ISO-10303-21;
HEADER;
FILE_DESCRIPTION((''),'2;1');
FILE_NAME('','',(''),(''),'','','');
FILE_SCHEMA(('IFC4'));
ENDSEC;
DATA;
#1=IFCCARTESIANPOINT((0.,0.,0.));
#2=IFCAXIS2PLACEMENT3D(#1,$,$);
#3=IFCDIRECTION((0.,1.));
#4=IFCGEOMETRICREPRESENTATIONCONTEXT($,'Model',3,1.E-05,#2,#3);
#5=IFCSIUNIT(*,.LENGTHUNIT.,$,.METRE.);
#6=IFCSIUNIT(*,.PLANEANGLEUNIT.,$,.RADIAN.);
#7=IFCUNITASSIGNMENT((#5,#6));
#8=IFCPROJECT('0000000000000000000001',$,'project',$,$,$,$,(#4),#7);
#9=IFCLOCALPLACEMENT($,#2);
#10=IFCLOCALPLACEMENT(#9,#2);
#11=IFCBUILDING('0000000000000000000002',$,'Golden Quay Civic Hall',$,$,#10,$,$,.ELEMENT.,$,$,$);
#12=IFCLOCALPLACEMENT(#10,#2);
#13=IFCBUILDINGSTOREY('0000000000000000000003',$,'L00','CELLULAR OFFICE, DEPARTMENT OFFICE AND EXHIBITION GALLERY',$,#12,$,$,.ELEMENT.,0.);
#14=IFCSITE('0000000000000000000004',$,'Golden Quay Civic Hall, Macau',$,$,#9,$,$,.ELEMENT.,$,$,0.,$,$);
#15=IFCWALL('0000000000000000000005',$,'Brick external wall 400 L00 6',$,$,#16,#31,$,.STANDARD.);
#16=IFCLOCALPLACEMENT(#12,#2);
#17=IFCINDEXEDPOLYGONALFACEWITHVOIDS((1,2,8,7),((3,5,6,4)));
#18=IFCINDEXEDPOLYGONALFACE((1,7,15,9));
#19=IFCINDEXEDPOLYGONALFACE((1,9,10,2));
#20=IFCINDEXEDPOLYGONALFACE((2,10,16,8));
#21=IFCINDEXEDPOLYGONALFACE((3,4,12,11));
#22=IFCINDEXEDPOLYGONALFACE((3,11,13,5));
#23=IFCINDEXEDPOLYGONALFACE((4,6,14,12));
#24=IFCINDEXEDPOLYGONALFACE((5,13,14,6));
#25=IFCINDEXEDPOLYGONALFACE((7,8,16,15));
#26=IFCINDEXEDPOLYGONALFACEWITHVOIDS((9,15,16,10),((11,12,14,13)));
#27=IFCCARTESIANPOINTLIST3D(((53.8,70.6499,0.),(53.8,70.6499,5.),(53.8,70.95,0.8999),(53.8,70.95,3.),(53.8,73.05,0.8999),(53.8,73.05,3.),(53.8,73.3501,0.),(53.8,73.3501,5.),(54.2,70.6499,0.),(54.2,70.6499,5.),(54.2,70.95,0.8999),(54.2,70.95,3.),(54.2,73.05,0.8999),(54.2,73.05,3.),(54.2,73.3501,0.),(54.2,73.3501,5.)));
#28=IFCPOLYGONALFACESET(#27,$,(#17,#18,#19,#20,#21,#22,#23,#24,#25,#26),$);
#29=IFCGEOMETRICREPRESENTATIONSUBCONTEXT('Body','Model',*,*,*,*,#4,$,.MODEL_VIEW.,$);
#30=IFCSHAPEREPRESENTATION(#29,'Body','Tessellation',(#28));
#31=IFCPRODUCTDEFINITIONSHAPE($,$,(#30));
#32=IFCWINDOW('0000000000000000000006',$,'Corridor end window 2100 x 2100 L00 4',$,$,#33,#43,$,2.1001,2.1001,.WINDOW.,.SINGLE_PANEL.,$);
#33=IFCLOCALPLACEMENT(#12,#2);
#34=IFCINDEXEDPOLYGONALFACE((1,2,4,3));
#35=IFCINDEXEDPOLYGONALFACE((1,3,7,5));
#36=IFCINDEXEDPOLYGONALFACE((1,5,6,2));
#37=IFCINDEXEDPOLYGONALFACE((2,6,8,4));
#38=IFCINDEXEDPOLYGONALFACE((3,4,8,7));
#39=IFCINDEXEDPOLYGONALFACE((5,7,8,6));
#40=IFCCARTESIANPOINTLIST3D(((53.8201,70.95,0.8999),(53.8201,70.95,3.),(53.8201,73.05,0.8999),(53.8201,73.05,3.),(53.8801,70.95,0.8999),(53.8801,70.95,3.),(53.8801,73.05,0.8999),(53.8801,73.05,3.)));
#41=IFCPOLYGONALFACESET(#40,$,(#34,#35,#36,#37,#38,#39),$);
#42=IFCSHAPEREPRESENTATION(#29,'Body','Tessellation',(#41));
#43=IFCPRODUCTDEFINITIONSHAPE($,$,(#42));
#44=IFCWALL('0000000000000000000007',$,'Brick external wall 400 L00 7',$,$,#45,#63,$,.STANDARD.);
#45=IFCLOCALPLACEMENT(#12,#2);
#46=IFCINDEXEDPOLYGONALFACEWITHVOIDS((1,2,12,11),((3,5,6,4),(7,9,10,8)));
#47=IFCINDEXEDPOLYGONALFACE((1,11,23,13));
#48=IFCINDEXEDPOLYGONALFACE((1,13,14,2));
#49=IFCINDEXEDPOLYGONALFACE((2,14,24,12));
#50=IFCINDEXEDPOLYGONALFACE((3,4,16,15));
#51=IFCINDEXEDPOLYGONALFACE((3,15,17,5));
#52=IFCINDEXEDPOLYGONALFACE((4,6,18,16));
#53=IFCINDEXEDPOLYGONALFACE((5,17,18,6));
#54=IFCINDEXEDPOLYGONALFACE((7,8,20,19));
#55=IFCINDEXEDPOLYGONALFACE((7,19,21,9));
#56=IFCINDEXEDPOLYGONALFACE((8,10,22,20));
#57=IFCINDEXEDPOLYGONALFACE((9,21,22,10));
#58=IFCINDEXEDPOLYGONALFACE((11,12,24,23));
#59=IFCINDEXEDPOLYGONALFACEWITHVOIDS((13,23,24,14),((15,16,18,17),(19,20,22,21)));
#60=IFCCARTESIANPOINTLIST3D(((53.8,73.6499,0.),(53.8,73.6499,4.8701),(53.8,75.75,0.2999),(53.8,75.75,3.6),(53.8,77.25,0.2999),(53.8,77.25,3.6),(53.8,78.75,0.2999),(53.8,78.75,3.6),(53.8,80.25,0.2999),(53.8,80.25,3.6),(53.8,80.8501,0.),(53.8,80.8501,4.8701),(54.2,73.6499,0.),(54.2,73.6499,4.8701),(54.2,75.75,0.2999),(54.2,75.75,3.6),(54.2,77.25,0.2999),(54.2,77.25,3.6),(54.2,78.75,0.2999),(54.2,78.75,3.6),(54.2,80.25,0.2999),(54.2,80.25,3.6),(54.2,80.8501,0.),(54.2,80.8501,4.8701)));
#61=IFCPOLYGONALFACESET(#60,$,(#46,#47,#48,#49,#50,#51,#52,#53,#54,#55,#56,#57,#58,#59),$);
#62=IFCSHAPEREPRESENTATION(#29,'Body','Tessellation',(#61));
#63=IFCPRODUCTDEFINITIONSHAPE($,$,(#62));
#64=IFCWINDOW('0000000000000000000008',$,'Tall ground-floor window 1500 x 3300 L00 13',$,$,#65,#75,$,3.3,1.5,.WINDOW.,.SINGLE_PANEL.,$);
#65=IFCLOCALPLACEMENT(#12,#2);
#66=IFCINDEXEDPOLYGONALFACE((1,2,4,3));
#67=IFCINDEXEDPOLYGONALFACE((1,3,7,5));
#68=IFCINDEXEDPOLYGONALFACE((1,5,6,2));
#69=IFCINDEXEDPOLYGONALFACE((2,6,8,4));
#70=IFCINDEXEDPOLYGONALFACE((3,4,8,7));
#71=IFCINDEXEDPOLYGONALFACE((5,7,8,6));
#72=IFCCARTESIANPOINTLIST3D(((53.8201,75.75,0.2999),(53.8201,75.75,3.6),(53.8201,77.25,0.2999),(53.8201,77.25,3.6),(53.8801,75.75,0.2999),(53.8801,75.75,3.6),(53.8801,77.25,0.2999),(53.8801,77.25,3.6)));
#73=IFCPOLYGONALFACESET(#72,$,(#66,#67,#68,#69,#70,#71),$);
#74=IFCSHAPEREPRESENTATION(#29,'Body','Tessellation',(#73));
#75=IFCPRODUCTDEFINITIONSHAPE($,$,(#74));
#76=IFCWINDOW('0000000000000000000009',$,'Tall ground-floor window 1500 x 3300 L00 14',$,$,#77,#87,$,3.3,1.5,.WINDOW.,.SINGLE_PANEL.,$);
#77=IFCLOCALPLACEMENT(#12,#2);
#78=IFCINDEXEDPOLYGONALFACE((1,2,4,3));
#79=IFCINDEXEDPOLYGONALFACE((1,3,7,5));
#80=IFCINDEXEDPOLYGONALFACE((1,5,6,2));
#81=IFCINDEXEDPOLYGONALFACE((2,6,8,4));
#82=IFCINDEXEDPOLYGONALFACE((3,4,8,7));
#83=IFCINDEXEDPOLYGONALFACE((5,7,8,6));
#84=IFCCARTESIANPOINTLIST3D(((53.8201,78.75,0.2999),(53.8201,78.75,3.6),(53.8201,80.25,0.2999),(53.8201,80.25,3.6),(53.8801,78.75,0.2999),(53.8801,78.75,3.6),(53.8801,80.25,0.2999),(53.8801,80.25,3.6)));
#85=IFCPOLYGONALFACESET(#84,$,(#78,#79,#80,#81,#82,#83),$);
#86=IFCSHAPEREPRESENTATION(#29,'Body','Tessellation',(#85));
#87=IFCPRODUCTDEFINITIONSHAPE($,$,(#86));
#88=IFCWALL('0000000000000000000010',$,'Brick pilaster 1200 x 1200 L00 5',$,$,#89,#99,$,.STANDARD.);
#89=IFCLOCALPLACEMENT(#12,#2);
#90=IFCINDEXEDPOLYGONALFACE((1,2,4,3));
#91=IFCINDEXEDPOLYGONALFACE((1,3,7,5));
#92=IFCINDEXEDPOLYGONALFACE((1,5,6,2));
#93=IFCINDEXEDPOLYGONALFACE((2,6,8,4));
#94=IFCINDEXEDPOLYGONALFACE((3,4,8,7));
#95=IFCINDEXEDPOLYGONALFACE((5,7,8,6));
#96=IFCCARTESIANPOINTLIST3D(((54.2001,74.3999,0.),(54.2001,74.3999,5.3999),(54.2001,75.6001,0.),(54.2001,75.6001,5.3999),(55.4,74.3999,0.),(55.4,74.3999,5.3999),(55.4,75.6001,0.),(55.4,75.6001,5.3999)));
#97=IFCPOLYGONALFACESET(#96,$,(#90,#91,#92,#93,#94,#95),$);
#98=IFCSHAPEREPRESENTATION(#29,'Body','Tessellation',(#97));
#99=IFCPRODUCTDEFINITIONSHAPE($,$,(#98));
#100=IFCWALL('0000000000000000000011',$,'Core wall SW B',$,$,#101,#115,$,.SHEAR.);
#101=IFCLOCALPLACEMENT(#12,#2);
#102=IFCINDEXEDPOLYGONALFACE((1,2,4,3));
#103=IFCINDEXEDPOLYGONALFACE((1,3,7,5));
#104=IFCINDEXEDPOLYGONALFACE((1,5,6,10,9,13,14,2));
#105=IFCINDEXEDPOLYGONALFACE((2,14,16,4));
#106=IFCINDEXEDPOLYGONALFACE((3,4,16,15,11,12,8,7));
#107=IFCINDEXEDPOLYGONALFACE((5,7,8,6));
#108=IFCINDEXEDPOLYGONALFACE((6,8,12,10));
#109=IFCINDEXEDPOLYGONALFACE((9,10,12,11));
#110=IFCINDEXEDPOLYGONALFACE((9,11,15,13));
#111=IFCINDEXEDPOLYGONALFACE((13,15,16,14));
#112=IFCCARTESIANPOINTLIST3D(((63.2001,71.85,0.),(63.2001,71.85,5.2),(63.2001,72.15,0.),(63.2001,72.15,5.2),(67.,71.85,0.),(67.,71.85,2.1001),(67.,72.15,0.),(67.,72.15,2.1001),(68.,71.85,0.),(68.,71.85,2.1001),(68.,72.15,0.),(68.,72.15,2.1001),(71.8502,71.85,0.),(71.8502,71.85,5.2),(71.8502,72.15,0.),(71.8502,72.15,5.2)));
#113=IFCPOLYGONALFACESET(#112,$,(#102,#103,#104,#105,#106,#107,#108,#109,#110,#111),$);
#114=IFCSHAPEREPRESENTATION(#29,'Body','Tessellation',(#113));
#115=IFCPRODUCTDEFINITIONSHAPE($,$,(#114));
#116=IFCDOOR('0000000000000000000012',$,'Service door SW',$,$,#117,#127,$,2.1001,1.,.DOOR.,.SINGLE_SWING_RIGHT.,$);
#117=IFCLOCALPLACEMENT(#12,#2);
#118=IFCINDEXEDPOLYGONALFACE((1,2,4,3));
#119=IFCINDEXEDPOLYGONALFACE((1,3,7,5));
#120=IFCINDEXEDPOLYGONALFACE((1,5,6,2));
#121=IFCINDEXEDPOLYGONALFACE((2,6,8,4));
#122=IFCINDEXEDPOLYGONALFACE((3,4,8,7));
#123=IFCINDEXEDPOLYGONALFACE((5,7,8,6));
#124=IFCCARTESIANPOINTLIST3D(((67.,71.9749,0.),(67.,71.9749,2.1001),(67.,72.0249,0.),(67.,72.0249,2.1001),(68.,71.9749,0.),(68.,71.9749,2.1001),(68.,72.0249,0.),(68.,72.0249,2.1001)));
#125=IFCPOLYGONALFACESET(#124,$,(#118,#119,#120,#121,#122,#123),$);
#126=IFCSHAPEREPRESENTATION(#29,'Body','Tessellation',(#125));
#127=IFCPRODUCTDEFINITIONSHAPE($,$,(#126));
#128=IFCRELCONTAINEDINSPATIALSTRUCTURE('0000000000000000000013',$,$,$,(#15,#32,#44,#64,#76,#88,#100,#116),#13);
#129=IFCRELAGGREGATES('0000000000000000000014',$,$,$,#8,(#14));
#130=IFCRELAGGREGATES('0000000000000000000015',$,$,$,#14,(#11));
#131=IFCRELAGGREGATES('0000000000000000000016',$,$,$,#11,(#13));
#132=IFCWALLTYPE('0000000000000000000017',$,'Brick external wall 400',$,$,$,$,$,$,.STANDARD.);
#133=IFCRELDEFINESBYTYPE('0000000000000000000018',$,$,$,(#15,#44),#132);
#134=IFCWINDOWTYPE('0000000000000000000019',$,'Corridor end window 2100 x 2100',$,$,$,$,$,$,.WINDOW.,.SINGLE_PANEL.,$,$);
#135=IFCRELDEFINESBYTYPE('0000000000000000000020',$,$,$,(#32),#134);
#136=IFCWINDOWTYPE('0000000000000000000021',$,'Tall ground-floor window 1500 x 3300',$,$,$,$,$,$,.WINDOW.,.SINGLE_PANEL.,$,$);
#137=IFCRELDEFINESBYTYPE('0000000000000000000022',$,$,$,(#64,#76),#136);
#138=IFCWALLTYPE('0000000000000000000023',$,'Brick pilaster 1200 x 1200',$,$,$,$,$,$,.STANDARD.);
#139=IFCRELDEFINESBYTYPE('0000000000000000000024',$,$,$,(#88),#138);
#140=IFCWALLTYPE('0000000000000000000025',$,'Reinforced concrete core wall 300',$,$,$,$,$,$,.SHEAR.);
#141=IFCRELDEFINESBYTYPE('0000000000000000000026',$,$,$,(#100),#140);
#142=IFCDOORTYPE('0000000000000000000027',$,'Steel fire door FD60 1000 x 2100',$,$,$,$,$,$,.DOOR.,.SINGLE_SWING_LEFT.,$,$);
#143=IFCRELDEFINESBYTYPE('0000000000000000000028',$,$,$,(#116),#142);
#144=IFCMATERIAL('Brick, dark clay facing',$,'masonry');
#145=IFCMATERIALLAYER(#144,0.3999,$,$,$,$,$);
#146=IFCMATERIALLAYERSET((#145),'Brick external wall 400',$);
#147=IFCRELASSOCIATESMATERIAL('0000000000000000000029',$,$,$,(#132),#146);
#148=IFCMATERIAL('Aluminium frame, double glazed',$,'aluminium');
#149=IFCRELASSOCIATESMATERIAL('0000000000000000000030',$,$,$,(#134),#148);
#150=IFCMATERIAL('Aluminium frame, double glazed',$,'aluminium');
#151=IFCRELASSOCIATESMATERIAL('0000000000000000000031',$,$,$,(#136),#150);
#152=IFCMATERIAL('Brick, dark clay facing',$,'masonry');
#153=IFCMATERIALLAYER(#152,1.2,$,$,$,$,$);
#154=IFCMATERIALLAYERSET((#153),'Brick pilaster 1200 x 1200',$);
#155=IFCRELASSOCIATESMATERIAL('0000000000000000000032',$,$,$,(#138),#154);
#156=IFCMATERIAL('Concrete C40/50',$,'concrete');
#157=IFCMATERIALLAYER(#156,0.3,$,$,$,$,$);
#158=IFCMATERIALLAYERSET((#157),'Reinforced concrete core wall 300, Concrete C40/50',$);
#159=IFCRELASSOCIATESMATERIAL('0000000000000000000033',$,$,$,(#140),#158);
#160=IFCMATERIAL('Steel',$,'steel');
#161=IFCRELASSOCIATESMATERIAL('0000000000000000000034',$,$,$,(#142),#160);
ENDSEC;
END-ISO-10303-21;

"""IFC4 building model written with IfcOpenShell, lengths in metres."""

from ifc_helpers import new_model, si_unit, direction, frame, frame_2d, origin, place, context, subcontext, project, spatial, rectangle, extrude, material, layer, layer_set, type_object, element, fill, save


model = new_model("IFC4")

# Units and contexts
model_context = context("Model", 3, precision=1e-05, world=origin(), true_north=direction((0.0, 1.0)))
body_context = subcontext(model_context, "Body", "Model", "MODEL_VIEW")
ifc_project = project(units=[si_unit("LENGTHUNIT", "METRE"), si_unit("PLANEANGLEUNIT", "RADIAN")], contexts=[model_context])

# Site, building, storey
site_placement = place(None, origin())
site = spatial("IfcSite", under=ifc_project, at=site_placement, Name="Golden Quay Civic Hall, Macau", CompositionType="ELEMENT", RefElevation=0.0)
building_placement = place(site_placement, origin())
building = spatial("IfcBuilding", under=site, at=building_placement, Name="Golden Quay Civic Hall", CompositionType="ELEMENT")
storey_placement = place(building_placement, origin())
storey = spatial("IfcBuildingStorey", under=building, at=storey_placement, Name="L00", Description="CELLULAR OFFICE, DEPARTMENT OFFICE AND EXHIBITION GALLERY", CompositionType="ELEMENT", Elevation=0.0)

# Wall, opening, window
ifc_material_1 = material(Name="Brick, dark clay facing", Category="masonry")
ifc_layer_1 = layer(ifc_material_1, 0.3999)
ifc_layer_set_1 = layer_set([ifc_layer_1], Name="Brick external wall 400")
wall_type_1 = type_object("IfcWallType", Name="Brick external wall 400", PredefinedType="STANDARD", material=ifc_layer_set_1)
wall_1_placement = place(storey_placement, frame((54.0, 73.3501, 0.0), z_axis=(0.0, 0.0, 1.0), x_axis=(0.0, -1.0, 0.0)))
wall_1 = element("IfcWall", 1, at=wall_1_placement, inside=storey, type_object=wall_type_1, Name="Brick external wall 400 L00 6", PredefinedType="STANDARD", context=body_context, shape_type="SweptSolid", body=[
    extrude(rectangle(XDim=2.7002, YDim=0.3999, at=frame_2d((1.3501, 0.0))), origin(), (0.0, 0.0, 1.0), 5.0),
])
opening_1_placement = place(wall_1_placement, frame((0.3, 0.0, 0.8999)))
opening_1 = element("IfcOpeningElement", 2, at=opening_1_placement, cuts=wall_1, PredefinedType="OPENING", context=body_context, shape_type="SweptSolid", body=[
    extrude(rectangle(XDim=2.1001, YDim=2.1001, at=frame_2d((1.05, 1.05))), frame((0.0, 0.21, 0.0), z_axis=(0.0, -1.0, 0.0), x_axis=(1.0, 0.0, 0.0)), (0.0, 0.0, 1.0), 0.4199),
])
ifc_material_2 = material(Name="Aluminium frame, double glazed", Category="aluminium")
window_type_1 = type_object("IfcWindowType", Name="Corridor end window 2100 x 2100", PartitioningType="SINGLE_PANEL", PredefinedType="WINDOW", material=ifc_material_2)
window_1_placement = place(opening_1_placement, origin())
window_1 = element("IfcWindow", 3, at=window_1_placement, inside=storey, type_object=window_type_1, Name="Corridor end window 2100 x 2100 L00 4", OverallHeight=2.1001, OverallWidth=2.1001, PartitioningType="SINGLE_PANEL", PredefinedType="WINDOW", context=body_context, shape_type="SweptSolid", body=[
    extrude(rectangle(XDim=2.1001, YDim=2.1001, at=frame_2d((1.05, 1.05))), frame((0.0, -0.1199, 0.0), z_axis=(0.0, -1.0, 0.0), x_axis=(1.0, 0.0, 0.0)), (0.0, 0.0, 1.0), 0.0601),
])
fill(opening_1, window_1)

# Wall, openings, windows
wall_2_placement = place(storey_placement, frame((54.0, 80.8501, 0.0), z_axis=(0.0, 0.0, 1.0), x_axis=(0.0, -1.0, 0.0)))
wall_2 = element("IfcWall", 4, at=wall_2_placement, inside=storey, type_object=wall_type_1, Name="Brick external wall 400 L00 7", PredefinedType="STANDARD", context=body_context, shape_type="SweptSolid", body=[
    extrude(rectangle(XDim=7.2002, YDim=0.3999, at=frame_2d((3.6001, 0.0))), origin(), (0.0, 0.0, 1.0), 4.8701),
])
opening_2_placement = place(wall_2_placement, frame((3.6001, 0.0, 0.3)))
opening_2 = element("IfcOpeningElement", 5, at=opening_2_placement, cuts=wall_2, PredefinedType="OPENING", context=body_context, shape_type="SweptSolid", body=[
    extrude(rectangle(XDim=1.5, YDim=3.3, at=frame_2d((0.75, 1.6499))), frame((0.0, 0.21, 0.0), z_axis=(0.0, -1.0, 0.0), x_axis=(1.0, 0.0, 0.0)), (0.0, 0.0, 1.0), 0.4199),
])
opening_3_placement = place(wall_2_placement, frame((0.6001, 0.0, 0.3)))
opening_3 = element("IfcOpeningElement", 6, at=opening_3_placement, cuts=wall_2, PredefinedType="OPENING", context=body_context, shape_type="SweptSolid", body=[
    extrude(rectangle(XDim=1.5, YDim=3.3, at=frame_2d((0.75, 1.6499))), frame((0.0, 0.21, 0.0), z_axis=(0.0, -1.0, 0.0), x_axis=(1.0, 0.0, 0.0)), (0.0, 0.0, 1.0), 0.4199),
])
ifc_material_3 = material(Name="Aluminium frame, double glazed", Category="aluminium")
window_type_2 = type_object("IfcWindowType", Name="Tall ground-floor window 1500 x 3300", PartitioningType="SINGLE_PANEL", PredefinedType="WINDOW", material=ifc_material_3)
window_2_placement = place(opening_2_placement, origin())
window_2 = element("IfcWindow", 7, at=window_2_placement, inside=storey, type_object=window_type_2, Name="Tall ground-floor window 1500 x 3300 L00 13", OverallHeight=3.3, OverallWidth=1.5, PartitioningType="SINGLE_PANEL", PredefinedType="WINDOW", context=body_context, shape_type="SweptSolid", body=[
    extrude(rectangle(XDim=1.5, YDim=3.3, at=frame_2d((0.75, 1.6499))), frame((0.0, -0.1199, 0.0), z_axis=(0.0, -1.0, 0.0), x_axis=(1.0, 0.0, 0.0)), (0.0, 0.0, 1.0), 0.0601),
])
fill(opening_2, window_2)
window_3_placement = place(opening_3_placement, origin())
window_3 = element("IfcWindow", 8, at=window_3_placement, inside=storey, type_object=window_type_2, Name="Tall ground-floor window 1500 x 3300 L00 14", OverallHeight=3.3, OverallWidth=1.5, PartitioningType="SINGLE_PANEL", PredefinedType="WINDOW", context=body_context, shape_type="SweptSolid", body=[
    extrude(rectangle(XDim=1.5, YDim=3.3, at=frame_2d((0.75, 1.6499))), frame((0.0, -0.1199, 0.0), z_axis=(0.0, -1.0, 0.0), x_axis=(1.0, 0.0, 0.0)), (0.0, 0.0, 1.0), 0.0601),
])
fill(opening_3, window_3)

# Wall
ifc_material_4 = material(Name="Brick, dark clay facing", Category="masonry")
ifc_layer_2 = layer(ifc_material_4, 1.2)
ifc_layer_set_2 = layer_set([ifc_layer_2], Name="Brick pilaster 1200 x 1200")
wall_type_2 = type_object("IfcWallType", Name="Brick pilaster 1200 x 1200", PredefinedType="STANDARD", material=ifc_layer_set_2)
wall_3_placement = place(storey_placement, frame((54.8, 74.3999, 0.0), z_axis=(0.0, 0.0, 1.0), x_axis=(0.0, 1.0, 0.0)))
element("IfcWall", 9, at=wall_3_placement, inside=storey, type_object=wall_type_2, Name="Brick pilaster 1200 x 1200 L00 5", PredefinedType="STANDARD", context=body_context, shape_type="SweptSolid", body=[
    extrude(rectangle(XDim=1.2002, YDim=1.2, at=frame_2d((0.6001, 0.0))), origin(), (0.0, 0.0, 1.0), 5.3999),
])

# Wall, opening, door
ifc_material_5 = material(Name="Concrete C40/50", Category="concrete")
ifc_layer_3 = layer(ifc_material_5, 0.3)
ifc_layer_set_3 = layer_set([ifc_layer_3], Name="Reinforced concrete core wall 300, Concrete C40/50")
wall_type_3 = type_object("IfcWallType", Name="Reinforced concrete core wall 300", PredefinedType="SHEAR", material=ifc_layer_set_3)
wall_4_placement = place(storey_placement, frame((63.2, 72.0, 0.0), z_axis=(0.0, 0.0, 1.0), x_axis=(1.0, 0.0, 0.0)))
wall_4 = element("IfcWall", 10, at=wall_4_placement, inside=storey, type_object=wall_type_3, Name="Core wall SW B", PredefinedType="SHEAR", context=body_context, shape_type="SweptSolid", body=[
    extrude(rectangle(XDim=8.6501, YDim=0.3, at=frame_2d((4.3252, 0.0))), origin(), (0.0, 0.0, 1.0), 5.2),
])
opening_4_placement = place(wall_4_placement, frame((3.8, 0.0, 0.0)))
opening_4 = element("IfcOpeningElement", 11, at=opening_4_placement, cuts=wall_4, PredefinedType="OPENING", context=body_context, shape_type="SweptSolid", body=[
    extrude(rectangle(XDim=1.0, YDim=2.1001, at=frame_2d((0.5, 1.05))), frame((0.0, 0.1599, 0.0), z_axis=(0.0, -1.0, 0.0), x_axis=(1.0, 0.0, 0.0)), (0.0, 0.0, 1.0), 0.3201),
])
ifc_material_6 = material(Name="Steel", Category="steel")
door_type = type_object("IfcDoorType", Name="Steel fire door FD60 1000 x 2100", OperationType="SINGLE_SWING_LEFT", PredefinedType="DOOR", material=ifc_material_6)
door_placement = place(opening_4_placement, frame((1.0, 0.0, 0.0), z_axis=(0.0, 0.0, 1.0), x_axis=(-1.0, 0.0, 0.0)))
door = element("IfcDoor", 12, at=door_placement, inside=storey, type_object=door_type, Name="Service door SW", OperationType="SINGLE_SWING_RIGHT", OverallHeight=2.1001, OverallWidth=1.0, PredefinedType="DOOR", context=body_context, shape_type="SweptSolid", body=[
    extrude(rectangle(XDim=1.0, YDim=2.1001, at=frame_2d((0.5, 1.05))), frame((0.0, 0.0251, 0.0), z_axis=(0.0, -1.0, 0.0), x_axis=(1.0, 0.0, 0.0)), (0.0, 0.0, 1.0), 0.05),
])
fill(opening_4, door)

save(model, "model.ifc")
